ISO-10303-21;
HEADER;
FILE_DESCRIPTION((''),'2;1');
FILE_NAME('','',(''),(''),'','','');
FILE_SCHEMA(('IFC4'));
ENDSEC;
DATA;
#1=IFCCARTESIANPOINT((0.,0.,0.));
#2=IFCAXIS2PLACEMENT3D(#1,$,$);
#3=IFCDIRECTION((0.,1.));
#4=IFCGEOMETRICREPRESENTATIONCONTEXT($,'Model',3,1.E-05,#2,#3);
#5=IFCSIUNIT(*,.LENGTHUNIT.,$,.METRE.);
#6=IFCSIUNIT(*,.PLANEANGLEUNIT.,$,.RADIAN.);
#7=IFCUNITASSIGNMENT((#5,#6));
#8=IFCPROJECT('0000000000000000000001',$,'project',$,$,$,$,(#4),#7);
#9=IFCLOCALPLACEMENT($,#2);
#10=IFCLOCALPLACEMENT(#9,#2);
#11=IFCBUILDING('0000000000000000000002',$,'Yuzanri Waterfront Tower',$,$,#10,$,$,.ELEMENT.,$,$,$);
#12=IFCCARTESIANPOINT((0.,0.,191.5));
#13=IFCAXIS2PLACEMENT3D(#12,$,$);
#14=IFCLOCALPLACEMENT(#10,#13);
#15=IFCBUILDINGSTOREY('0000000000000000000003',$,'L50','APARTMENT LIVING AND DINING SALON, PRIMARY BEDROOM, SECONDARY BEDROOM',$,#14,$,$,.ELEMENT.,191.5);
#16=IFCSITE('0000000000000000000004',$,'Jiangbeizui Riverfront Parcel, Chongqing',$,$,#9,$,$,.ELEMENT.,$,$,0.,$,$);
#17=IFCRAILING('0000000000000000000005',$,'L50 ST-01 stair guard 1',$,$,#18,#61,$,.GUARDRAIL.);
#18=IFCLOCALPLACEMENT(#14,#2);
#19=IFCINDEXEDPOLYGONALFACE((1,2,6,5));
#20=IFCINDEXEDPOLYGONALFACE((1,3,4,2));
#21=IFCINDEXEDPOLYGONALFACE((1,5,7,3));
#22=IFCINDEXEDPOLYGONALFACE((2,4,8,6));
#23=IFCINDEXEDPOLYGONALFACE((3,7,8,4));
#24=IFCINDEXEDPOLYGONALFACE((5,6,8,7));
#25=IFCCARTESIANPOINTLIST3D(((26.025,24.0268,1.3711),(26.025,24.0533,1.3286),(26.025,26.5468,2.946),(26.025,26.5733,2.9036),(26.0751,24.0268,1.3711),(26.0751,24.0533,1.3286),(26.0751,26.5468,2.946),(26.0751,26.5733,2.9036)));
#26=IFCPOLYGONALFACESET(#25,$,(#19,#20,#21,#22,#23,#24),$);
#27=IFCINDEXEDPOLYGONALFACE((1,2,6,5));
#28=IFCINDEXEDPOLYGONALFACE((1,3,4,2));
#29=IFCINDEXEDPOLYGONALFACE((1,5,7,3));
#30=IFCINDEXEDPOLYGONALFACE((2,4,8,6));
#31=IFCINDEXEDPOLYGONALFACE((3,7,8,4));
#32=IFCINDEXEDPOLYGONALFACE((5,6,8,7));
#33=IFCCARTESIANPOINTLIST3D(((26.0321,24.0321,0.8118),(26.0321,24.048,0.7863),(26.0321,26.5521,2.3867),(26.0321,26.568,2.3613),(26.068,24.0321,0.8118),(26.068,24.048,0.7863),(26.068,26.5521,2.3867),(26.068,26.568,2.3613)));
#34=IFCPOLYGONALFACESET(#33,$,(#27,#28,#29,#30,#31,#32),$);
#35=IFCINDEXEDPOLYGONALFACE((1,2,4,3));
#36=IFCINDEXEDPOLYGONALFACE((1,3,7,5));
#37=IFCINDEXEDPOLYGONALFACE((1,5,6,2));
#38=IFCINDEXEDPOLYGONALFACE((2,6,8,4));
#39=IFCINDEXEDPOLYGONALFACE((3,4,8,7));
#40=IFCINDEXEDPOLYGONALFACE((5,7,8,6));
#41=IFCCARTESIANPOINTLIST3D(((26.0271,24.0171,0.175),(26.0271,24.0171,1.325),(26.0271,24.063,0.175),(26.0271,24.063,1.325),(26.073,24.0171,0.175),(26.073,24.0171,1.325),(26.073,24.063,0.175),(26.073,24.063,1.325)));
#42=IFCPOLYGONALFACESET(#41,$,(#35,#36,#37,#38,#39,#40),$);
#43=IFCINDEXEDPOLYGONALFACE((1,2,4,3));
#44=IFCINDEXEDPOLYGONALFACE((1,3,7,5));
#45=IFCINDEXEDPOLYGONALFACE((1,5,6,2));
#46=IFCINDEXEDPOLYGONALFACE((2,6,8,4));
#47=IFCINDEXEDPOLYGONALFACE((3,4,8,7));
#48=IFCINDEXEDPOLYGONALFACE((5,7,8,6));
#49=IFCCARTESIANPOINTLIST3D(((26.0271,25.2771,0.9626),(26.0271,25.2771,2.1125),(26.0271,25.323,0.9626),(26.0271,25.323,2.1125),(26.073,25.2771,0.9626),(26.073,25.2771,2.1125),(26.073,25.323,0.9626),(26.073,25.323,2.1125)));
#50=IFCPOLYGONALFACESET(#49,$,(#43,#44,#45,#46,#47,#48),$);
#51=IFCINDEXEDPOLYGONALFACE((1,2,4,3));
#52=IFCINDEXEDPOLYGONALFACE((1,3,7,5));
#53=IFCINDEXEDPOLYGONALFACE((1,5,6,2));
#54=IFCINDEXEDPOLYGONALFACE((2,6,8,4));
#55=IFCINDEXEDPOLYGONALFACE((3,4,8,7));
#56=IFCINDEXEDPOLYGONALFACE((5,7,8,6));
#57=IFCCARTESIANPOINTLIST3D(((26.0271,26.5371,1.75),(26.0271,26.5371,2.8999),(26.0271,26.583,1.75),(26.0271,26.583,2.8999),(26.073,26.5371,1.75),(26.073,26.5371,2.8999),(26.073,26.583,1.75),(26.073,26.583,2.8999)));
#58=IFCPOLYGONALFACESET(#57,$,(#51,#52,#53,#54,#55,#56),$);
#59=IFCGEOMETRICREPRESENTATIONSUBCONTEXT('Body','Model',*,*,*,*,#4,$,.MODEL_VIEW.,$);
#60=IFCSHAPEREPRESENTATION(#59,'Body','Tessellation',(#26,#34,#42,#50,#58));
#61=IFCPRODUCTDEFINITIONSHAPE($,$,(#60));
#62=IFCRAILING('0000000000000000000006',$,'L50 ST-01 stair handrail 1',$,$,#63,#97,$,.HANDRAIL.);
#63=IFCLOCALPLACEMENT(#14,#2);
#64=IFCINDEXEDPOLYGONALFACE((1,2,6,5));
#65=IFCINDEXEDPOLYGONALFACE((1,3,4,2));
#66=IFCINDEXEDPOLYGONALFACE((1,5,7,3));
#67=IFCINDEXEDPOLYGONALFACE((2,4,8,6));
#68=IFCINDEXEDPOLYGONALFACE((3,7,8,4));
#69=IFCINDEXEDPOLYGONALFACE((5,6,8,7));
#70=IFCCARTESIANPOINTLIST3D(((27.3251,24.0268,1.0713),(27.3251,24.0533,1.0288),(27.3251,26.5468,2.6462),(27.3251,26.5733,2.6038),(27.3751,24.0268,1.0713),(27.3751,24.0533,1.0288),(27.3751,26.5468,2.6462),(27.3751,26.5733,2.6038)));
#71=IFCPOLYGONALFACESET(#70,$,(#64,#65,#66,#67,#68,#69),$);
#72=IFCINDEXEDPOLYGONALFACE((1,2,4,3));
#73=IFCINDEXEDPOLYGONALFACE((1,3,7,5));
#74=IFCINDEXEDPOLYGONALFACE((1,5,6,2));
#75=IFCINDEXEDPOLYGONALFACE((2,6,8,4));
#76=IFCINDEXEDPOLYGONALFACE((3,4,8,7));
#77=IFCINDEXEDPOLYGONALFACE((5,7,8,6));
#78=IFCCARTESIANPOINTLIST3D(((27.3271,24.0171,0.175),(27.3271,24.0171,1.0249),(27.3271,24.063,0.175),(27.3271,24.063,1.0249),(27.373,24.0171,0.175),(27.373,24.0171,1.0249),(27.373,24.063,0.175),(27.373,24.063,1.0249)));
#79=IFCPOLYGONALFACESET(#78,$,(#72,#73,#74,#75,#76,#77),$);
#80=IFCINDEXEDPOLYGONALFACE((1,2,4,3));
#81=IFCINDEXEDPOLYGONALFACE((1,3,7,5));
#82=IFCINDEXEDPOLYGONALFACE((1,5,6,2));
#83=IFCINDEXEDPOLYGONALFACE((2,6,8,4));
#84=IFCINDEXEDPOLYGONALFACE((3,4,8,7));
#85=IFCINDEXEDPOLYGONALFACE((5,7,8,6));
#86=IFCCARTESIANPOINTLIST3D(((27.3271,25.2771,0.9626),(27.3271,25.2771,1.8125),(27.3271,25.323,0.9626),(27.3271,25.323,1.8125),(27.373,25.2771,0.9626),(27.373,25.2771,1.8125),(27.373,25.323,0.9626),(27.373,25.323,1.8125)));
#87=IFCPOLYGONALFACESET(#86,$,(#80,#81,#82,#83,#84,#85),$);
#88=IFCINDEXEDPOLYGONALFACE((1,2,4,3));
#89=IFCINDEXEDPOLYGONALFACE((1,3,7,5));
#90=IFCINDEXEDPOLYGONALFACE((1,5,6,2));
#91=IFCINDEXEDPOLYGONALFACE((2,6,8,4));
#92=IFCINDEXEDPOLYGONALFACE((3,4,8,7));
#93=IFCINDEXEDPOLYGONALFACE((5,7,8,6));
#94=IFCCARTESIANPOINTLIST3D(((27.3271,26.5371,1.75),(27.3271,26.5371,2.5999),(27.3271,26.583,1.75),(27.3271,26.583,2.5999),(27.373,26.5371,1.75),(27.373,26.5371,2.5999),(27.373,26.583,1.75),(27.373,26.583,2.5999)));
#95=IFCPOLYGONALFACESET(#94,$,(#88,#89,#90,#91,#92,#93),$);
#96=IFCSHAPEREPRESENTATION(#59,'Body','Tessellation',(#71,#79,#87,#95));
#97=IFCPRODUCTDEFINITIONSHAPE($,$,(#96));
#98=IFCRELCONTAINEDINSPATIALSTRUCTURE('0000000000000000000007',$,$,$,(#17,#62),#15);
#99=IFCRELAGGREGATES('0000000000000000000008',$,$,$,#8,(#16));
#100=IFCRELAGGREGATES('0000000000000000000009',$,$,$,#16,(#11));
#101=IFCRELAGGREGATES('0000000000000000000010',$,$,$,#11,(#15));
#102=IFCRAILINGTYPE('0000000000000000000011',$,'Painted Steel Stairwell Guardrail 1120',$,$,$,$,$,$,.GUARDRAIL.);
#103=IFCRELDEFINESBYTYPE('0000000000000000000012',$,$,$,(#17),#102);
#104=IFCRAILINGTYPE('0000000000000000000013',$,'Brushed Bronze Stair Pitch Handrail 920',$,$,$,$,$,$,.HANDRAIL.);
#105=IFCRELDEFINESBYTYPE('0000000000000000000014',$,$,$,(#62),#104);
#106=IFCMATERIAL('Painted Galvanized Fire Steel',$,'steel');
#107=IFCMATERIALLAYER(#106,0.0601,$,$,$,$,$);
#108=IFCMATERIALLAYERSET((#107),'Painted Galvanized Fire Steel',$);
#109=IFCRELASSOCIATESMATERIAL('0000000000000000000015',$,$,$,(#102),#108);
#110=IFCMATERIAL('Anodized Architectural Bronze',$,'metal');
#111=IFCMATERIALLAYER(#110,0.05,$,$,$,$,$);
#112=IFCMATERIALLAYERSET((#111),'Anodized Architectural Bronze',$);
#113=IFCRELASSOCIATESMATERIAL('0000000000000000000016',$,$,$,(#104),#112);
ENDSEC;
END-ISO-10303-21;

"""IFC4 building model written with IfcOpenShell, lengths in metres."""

from ifc_helpers import new_model, si_unit, direction, frame, origin, origin_2d, place, context, subcontext, project, spatial, rectangle, extrude, source, transform, mapped, material, layer, layer_set, type_object, element, save


model = new_model("IFC4")

# Units and contexts
model_context = context("Model", 3, precision=1e-05, world=origin(), true_north=direction((0.0, 1.0)))
body_context = subcontext(model_context, "Body", "Model", "MODEL_VIEW")
ifc_project = project(units=[si_unit("LENGTHUNIT", "METRE"), si_unit("PLANEANGLEUNIT", "RADIAN")], contexts=[model_context])

# Site, building, storey
site_placement = place(None, origin())
site = spatial("IfcSite", under=ifc_project, at=site_placement, Name="Jiangbeizui Riverfront Parcel, Chongqing", CompositionType="ELEMENT", RefElevation=0.0)
building_placement = place(site_placement, origin())
building = spatial("IfcBuilding", under=site, at=building_placement, Name="Yuzanri Waterfront Tower", CompositionType="ELEMENT")
storey_placement = place(building_placement, frame((0.0, 0.0, 191.5)))
storey = spatial("IfcBuildingStorey", under=building, at=storey_placement, Name="L50", Description="APARTMENT LIVING AND DINING SALON, PRIMARY BEDROOM, SECONDARY BEDROOM", CompositionType="ELEMENT", Elevation=191.5)

# Railings
ifc_material_1 = material(Name="Painted Galvanized Fire Steel", Category="steel")
ifc_layer_1 = layer(ifc_material_1, 0.0601)
ifc_layer_set_1 = layer_set([ifc_layer_1], Name="Painted Galvanized Fire Steel")
railing_type_1 = type_object("IfcRailingType", Name="Painted Steel Stairwell Guardrail 1120", PredefinedType="GUARDRAIL", material=ifc_layer_set_1)
shared_shape_1 = source(origin(), body_context, "Body", "SweptSolid", [
    extrude(rectangle(XDim=0.05, YDim=0.05, at=origin_2d()), frame((0.0, 0.0, 1.1748), z_axis=(0.0, 0.848008, 0.529984), x_axis=(-1.0, 0.0, 0.0)), (0.0, 0.0, 1.0), 2.9717),
    extrude(rectangle(XDim=0.0359, YDim=0.03, at=origin_2d()), frame((0.0, 0.0, 0.624), z_axis=(0.0, 0.848008, 0.529984), x_axis=(-1.0, 0.0, 0.0)), (0.0, 0.0, 1.0), 2.9717),
    extrude(rectangle(XDim=0.0459, YDim=0.0459, at=origin_2d()), origin(), (0.0, 0.0, 1.0), 1.1499),
    extrude(rectangle(XDim=0.0459, YDim=0.0459, at=origin_2d()), frame((0.0, 1.26, 0.7876)), (0.0, 0.0, 1.0), 1.1499),
    extrude(rectangle(XDim=0.0459, YDim=0.0459, at=origin_2d()), frame((0.0, 2.52, 1.575)), (0.0, 0.0, 1.0), 1.1499),
])
railing_1_placement = place(storey_placement, frame((26.05, 24.04, 0.175)))
element("IfcRailing", 1, at=railing_1_placement, inside=storey, type_object=railing_type_1, Name="L50 ST-01 stair guard 1", PredefinedType="GUARDRAIL", context=body_context, shape_type="MappedRepresentation", body=[
    mapped(shared_shape_1, transform((0.0, 0.0, 0.0), scale=1.0)),
])
ifc_material_2 = material(Name="Anodized Architectural Bronze", Category="metal")
ifc_layer_2 = layer(ifc_material_2, 0.05)
ifc_layer_set_2 = layer_set([ifc_layer_2], Name="Anodized Architectural Bronze")
railing_type_2 = type_object("IfcRailingType", Name="Brushed Bronze Stair Pitch Handrail 920", PredefinedType="HANDRAIL", material=ifc_layer_set_2)
shared_shape_2 = source(origin(), body_context, "Body", "SweptSolid", [
    extrude(rectangle(XDim=0.05, YDim=0.05, at=origin_2d()), frame((0.0, 0.0, 0.875), z_axis=(0.0, 0.848008, 0.529984), x_axis=(-1.0, 0.0, 0.0)), (0.0, 0.0, 1.0), 2.9717),
    extrude(rectangle(XDim=0.0459, YDim=0.0459, at=origin_2d()), origin(), (0.0, 0.0, 1.0), 0.8499),
    extrude(rectangle(XDim=0.0459, YDim=0.0459, at=origin_2d()), frame((0.0, 1.26, 0.7876)), (0.0, 0.0, 1.0), 0.8499),
    extrude(rectangle(XDim=0.0459, YDim=0.0459, at=origin_2d()), frame((0.0, 2.52, 1.575)), (0.0, 0.0, 1.0), 0.8499),
])
railing_2_placement = place(storey_placement, frame((27.3501, 24.04, 0.175)))
element("IfcRailing", 2, at=railing_2_placement, inside=storey, type_object=railing_type_2, Name="L50 ST-01 stair handrail 1", PredefinedType="HANDRAIL", context=body_context, shape_type="MappedRepresentation", body=[
    mapped(shared_shape_2, transform((0.0, 0.0, 0.0), scale=1.0)),
])

save(model, "model.ifc")
